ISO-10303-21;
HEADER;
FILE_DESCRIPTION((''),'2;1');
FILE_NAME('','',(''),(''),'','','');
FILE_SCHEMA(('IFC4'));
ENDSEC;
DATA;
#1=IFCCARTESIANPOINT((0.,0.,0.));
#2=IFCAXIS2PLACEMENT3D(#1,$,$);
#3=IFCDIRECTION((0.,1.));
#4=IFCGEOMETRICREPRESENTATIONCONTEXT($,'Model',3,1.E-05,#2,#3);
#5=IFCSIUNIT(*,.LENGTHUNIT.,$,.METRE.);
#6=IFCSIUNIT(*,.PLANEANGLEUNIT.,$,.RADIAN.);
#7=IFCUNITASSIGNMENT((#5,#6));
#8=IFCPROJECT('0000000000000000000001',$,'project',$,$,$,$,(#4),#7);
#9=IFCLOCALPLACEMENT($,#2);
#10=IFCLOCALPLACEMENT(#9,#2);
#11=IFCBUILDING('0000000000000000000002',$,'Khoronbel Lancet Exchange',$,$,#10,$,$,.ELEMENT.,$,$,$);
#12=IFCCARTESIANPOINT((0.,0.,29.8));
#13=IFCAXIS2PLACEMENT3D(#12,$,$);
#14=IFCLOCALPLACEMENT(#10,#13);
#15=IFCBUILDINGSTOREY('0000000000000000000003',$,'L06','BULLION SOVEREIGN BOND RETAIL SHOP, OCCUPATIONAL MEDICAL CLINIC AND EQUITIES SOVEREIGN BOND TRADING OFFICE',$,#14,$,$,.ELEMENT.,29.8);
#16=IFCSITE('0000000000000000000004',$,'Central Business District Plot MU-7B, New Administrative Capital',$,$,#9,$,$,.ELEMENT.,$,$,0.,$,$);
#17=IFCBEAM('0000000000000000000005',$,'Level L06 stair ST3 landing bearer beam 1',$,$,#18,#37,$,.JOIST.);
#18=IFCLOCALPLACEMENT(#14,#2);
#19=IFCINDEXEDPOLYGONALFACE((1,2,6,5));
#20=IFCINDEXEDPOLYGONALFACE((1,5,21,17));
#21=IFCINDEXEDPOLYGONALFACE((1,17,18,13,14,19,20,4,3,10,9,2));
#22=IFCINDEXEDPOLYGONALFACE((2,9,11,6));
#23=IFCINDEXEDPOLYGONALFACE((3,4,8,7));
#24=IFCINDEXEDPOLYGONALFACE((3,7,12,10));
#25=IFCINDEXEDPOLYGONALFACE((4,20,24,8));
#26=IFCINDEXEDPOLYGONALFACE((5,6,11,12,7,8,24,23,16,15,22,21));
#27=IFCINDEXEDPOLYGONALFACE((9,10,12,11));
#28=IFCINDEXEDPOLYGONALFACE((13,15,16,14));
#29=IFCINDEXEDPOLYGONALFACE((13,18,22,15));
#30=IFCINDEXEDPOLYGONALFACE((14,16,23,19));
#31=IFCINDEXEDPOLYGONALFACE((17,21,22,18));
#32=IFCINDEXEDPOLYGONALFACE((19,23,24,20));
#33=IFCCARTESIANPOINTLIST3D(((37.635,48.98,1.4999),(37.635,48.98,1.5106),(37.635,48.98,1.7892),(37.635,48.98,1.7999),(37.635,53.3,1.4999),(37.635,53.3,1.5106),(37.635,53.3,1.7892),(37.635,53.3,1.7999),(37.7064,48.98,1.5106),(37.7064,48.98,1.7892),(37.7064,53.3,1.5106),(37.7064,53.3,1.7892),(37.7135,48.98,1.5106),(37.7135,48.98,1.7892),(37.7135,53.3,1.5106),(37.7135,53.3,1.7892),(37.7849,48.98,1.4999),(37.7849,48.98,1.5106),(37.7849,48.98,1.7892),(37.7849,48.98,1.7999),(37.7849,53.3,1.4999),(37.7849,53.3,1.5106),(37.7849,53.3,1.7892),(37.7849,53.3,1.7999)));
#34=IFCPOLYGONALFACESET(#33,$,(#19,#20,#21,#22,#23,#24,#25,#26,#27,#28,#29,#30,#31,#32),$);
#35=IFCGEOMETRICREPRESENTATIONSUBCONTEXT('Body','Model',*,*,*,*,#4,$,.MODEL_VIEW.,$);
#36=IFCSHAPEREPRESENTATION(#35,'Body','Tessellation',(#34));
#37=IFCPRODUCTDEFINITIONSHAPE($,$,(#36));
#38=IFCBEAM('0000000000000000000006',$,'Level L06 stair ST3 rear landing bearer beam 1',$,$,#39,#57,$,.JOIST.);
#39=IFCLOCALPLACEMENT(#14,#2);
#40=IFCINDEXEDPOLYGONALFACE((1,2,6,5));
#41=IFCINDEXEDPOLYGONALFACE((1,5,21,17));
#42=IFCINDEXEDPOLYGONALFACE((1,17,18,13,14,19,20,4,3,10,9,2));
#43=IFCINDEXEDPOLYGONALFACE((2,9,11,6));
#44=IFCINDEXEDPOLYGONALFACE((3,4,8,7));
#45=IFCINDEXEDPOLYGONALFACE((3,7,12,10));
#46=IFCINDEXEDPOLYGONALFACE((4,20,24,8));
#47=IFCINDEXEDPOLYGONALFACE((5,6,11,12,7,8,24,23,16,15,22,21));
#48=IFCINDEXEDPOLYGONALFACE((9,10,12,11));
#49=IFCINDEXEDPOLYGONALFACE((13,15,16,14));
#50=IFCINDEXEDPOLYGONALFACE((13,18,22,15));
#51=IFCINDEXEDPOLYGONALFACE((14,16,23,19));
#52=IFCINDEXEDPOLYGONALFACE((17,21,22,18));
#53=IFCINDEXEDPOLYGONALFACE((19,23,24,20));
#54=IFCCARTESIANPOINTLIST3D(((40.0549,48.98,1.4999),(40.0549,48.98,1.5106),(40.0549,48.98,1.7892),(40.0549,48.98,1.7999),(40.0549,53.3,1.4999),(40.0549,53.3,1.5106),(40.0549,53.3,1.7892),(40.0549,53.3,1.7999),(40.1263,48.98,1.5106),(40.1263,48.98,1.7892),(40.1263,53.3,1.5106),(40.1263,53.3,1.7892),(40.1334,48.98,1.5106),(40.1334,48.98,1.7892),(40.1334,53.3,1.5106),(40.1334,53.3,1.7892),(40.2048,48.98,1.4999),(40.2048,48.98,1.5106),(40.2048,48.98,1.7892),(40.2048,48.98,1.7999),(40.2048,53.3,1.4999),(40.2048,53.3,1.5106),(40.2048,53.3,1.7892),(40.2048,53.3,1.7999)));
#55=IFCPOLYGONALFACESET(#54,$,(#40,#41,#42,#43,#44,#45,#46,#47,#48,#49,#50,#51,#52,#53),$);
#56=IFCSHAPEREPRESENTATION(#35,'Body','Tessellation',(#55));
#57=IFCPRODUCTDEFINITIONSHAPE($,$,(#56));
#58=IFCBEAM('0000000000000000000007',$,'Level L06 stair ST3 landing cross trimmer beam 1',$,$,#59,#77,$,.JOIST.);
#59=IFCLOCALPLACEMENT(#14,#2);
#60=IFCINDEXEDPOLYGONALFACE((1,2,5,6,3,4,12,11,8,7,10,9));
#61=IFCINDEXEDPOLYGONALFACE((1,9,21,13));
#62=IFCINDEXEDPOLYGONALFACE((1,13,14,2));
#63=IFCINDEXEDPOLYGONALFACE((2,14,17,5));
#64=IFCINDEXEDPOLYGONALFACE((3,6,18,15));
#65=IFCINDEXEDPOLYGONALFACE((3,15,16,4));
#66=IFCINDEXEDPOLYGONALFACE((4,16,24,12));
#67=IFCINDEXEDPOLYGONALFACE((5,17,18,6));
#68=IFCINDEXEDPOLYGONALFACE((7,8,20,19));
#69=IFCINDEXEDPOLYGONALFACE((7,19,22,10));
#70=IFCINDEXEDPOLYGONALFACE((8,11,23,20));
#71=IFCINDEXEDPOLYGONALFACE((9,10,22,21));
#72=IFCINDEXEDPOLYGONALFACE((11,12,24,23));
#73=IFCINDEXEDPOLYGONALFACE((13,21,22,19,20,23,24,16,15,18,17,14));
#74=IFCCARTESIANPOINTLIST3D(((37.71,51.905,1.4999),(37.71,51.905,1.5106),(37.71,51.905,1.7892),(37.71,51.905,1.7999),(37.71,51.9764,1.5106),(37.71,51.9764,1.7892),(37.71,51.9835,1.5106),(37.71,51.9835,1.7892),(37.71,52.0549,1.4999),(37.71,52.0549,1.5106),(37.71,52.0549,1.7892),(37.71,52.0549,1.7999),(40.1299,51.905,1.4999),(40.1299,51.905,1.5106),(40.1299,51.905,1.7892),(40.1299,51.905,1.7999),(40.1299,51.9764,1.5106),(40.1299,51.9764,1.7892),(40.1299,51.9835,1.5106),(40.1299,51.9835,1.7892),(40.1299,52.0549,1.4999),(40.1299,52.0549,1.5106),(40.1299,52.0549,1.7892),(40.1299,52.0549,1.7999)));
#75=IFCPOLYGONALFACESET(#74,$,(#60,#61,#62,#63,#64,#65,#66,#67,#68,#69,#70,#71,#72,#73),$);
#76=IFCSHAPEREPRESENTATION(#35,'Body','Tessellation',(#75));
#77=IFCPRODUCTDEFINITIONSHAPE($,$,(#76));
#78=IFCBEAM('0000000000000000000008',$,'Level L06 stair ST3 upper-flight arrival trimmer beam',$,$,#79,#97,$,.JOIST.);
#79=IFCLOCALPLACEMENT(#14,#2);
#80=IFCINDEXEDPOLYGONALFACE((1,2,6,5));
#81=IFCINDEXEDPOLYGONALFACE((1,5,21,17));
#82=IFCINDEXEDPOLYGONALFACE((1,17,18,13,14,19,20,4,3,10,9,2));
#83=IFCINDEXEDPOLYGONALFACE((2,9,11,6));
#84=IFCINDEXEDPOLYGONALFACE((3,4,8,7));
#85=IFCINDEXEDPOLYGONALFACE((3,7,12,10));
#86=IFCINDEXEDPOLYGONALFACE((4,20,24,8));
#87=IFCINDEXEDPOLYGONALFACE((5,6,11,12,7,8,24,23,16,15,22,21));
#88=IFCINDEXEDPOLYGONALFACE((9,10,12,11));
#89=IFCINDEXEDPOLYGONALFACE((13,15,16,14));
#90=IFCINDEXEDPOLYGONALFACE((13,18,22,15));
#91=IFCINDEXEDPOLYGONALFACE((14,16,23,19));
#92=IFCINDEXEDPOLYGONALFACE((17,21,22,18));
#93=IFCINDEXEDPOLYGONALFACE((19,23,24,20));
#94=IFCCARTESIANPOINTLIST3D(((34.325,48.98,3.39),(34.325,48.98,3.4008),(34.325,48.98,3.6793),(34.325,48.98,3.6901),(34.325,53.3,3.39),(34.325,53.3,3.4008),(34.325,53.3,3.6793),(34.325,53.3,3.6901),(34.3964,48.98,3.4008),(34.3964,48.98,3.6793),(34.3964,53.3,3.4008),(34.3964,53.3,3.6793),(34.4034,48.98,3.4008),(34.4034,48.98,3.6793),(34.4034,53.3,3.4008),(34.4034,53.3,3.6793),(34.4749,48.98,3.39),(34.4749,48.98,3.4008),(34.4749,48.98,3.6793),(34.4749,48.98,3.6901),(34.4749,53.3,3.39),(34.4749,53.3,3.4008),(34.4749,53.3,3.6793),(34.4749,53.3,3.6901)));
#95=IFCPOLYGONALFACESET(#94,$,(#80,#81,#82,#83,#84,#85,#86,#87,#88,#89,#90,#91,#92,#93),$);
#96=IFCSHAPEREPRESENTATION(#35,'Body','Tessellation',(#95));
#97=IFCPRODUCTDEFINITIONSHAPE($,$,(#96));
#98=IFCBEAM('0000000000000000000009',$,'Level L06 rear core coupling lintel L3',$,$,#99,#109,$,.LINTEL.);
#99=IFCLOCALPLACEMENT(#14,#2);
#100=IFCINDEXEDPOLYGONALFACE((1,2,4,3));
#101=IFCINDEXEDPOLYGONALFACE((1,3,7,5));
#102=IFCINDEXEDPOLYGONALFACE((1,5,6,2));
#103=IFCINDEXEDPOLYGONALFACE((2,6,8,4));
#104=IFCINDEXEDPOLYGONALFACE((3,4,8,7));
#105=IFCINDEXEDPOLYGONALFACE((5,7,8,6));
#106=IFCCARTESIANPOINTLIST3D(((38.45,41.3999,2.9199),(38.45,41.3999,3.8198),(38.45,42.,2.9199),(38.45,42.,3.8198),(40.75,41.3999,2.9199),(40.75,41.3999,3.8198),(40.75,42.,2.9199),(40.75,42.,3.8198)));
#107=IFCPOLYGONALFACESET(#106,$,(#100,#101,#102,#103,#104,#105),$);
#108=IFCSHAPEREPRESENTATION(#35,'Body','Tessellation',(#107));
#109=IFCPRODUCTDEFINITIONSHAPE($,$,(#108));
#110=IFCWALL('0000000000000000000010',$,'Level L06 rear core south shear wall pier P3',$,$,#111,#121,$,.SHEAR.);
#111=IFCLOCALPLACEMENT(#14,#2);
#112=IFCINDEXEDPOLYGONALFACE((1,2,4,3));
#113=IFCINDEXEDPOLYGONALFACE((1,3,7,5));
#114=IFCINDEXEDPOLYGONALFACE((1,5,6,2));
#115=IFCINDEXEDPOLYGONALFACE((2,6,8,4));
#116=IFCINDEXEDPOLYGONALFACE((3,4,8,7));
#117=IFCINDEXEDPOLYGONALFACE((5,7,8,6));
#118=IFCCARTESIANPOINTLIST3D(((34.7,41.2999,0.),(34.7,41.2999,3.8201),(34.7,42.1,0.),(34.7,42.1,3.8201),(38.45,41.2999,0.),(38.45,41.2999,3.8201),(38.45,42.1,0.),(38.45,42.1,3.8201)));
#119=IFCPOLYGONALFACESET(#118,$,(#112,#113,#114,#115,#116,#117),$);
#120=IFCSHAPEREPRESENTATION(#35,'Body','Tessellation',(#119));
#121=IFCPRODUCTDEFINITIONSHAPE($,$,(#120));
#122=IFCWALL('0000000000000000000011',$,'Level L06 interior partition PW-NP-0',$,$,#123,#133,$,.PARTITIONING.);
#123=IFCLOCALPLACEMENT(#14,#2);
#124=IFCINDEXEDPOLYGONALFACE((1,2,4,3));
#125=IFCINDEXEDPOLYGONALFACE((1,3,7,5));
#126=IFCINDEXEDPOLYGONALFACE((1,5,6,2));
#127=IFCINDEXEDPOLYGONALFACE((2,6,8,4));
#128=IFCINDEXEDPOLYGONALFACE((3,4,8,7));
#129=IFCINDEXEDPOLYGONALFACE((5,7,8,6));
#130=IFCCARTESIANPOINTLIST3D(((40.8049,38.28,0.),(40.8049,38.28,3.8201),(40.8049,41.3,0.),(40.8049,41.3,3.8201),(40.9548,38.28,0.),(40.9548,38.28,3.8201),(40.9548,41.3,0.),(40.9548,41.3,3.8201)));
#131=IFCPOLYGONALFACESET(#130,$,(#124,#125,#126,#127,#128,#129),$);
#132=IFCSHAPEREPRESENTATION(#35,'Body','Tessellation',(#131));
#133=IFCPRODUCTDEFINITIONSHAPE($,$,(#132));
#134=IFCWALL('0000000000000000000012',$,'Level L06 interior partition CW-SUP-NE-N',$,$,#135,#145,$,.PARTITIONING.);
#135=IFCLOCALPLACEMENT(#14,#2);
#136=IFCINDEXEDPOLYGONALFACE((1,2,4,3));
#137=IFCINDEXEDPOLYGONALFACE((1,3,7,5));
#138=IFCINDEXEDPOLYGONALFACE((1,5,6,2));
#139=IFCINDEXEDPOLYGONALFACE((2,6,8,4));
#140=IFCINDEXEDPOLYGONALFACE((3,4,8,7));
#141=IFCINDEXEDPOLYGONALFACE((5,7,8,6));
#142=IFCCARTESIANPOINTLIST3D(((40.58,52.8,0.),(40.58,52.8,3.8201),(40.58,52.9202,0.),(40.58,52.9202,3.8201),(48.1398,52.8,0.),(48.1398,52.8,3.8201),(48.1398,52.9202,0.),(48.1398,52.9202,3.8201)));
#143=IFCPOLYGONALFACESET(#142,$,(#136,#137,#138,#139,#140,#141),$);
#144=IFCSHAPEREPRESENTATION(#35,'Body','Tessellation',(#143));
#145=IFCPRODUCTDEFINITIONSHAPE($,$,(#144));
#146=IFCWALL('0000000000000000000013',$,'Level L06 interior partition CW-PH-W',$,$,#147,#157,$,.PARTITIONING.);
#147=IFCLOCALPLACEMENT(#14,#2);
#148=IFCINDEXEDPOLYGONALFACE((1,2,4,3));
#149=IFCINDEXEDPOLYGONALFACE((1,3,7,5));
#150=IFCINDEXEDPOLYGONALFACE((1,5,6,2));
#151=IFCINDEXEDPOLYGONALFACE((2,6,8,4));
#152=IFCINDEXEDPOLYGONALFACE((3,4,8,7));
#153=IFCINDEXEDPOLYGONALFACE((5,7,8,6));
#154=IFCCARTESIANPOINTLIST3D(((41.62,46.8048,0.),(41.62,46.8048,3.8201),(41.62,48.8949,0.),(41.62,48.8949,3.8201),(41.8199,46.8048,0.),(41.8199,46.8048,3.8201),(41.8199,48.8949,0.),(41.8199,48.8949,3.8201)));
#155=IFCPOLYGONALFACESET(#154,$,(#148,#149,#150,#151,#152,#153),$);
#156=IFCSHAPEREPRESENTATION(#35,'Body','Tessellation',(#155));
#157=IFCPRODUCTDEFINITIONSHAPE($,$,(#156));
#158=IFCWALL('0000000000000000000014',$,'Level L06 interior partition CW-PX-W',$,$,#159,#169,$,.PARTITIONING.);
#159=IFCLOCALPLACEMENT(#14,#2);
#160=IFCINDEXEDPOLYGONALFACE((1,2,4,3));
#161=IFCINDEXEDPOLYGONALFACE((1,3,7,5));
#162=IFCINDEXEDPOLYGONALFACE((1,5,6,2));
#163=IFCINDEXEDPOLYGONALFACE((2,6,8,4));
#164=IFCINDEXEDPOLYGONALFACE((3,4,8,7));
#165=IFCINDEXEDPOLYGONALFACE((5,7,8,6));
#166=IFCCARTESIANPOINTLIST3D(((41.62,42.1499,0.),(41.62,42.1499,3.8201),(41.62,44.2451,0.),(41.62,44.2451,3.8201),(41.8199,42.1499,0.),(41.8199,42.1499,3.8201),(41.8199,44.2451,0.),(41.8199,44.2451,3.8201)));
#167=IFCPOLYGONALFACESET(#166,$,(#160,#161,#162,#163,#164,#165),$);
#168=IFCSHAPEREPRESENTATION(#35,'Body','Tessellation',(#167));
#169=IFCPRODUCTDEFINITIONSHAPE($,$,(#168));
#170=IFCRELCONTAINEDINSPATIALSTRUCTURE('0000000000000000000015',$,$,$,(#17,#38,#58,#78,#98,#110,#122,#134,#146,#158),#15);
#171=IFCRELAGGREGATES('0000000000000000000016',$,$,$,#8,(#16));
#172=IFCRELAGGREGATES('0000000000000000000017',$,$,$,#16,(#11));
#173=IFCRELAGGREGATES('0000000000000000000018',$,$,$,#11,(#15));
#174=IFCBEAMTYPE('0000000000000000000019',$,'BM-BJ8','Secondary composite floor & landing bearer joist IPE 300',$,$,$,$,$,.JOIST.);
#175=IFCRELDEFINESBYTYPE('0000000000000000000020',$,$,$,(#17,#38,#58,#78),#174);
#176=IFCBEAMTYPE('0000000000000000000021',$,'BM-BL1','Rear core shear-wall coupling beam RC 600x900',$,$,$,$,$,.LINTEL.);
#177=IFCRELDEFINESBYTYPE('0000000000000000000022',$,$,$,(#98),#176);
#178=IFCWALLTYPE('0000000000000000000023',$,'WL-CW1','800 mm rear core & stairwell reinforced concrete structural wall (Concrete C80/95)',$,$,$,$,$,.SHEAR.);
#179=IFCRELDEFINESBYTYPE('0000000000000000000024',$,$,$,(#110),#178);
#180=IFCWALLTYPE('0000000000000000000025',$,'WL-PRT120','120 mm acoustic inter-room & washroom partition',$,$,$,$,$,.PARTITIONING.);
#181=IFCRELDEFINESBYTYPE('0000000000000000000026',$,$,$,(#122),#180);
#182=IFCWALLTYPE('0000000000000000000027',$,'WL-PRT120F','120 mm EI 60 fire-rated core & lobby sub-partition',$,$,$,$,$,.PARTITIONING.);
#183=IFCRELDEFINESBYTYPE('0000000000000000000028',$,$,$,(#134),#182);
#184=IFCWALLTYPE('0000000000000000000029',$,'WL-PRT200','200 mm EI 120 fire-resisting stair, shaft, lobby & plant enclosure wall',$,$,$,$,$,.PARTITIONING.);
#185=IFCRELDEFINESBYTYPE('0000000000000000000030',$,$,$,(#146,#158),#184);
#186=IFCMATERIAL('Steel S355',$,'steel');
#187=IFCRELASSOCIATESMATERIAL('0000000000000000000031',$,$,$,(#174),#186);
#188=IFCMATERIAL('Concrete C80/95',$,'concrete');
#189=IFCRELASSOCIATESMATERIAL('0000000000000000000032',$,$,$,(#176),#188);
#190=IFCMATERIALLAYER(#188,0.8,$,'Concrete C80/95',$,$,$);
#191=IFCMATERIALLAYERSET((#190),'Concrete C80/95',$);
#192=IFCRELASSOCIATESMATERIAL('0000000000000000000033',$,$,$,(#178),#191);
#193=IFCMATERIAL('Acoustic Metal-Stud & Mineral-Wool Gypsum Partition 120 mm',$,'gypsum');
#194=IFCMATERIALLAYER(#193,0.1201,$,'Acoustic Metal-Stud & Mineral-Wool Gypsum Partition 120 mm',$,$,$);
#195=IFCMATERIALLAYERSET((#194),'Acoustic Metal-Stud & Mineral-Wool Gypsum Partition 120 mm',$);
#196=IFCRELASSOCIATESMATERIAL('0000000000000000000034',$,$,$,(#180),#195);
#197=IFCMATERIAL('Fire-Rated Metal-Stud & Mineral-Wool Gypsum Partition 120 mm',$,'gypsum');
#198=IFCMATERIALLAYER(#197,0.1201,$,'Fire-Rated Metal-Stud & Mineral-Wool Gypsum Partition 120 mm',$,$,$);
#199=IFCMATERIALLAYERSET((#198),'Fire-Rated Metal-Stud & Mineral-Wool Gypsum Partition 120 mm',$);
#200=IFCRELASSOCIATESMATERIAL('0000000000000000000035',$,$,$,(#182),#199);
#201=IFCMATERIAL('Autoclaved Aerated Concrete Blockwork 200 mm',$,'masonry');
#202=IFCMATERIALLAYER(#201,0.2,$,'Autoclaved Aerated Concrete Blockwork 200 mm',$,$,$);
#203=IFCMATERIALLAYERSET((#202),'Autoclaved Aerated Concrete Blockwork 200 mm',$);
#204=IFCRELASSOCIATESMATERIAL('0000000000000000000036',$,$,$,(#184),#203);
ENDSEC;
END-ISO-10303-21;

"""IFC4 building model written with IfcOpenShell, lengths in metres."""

from ifc_helpers import new_model, si_unit, direction, frame, frame_2d, origin, origin_2d, place, context, subcontext, project, spatial, rectangle, i_section, extrude, material, layer, layer_set, material_profile, profile_set, type_object, element, save


model = new_model("IFC4")

# Units and contexts
model_context = context("Model", 3, precision=1e-05, world=origin(), true_north=direction((0.0, 1.0)))
body_context = subcontext(model_context, "Body", "Model", "MODEL_VIEW")
ifc_project = project(units=[si_unit("LENGTHUNIT", "METRE"), si_unit("PLANEANGLEUNIT", "RADIAN")], contexts=[model_context])

# Site, building, storey
site_placement = place(None, origin())
site = spatial("IfcSite", under=ifc_project, at=site_placement, Name="Central Business District Plot MU-7B, New Administrative Capital", CompositionType="ELEMENT", RefElevation=0.0)
building_placement = place(site_placement, origin())
building = spatial("IfcBuilding", under=site, at=building_placement, Name="Khoronbel Lancet Exchange", CompositionType="ELEMENT")
storey_placement = place(building_placement, frame((0.0, 0.0, 29.8)))
storey = spatial("IfcBuildingStorey", under=building, at=storey_placement, Name="L06", Description="BULLION SOVEREIGN BOND RETAIL SHOP, OCCUPATIONAL MEDICAL CLINIC AND EQUITIES SOVEREIGN BOND TRADING OFFICE", CompositionType="ELEMENT", Elevation=29.8)

# Beams
ifc_material_1 = material(Name="Steel S355", Category="steel")
ifc_material_profile_1 = material_profile(ifc_material_1, i_section(OverallWidth=0.1499, OverallDepth=0.3, WebThickness=0.0071, FlangeThickness=0.0107, at=origin_2d()), Name="IPE 300")
ifc_profile_set_1 = profile_set([ifc_material_profile_1], Name="Steel S355")
beam_type_1 = type_object("IfcBeamType", Name="BM-BJ8", Description="Secondary composite floor & landing bearer joist IPE 300", PredefinedType="JOIST", material=ifc_profile_set_1)
for number, where, z_axis, x_axis, name in (
    (1, (37.71, 48.98, 1.6499), (0.0, 1.0, 0.0), (-1.0, 0.0, 0.0), "Level L06 stair ST3 landing bearer beam 1"),
    (2, (40.1299, 48.98, 1.6499), (0.0, 1.0, 0.0), (-1.0, 0.0, 0.0), "Level L06 stair ST3 rear landing bearer beam 1"),
):
    element("IfcBeam", number, at=place(storey_placement, frame(where, z_axis=z_axis, x_axis=x_axis)), inside=storey, type_object=beam_type_1, Name=name, PredefinedType="JOIST", context=body_context, shape_type="SweptSolid", body=[
        extrude(i_section(OverallWidth=0.1499, OverallDepth=0.3, WebThickness=0.0071, FlangeThickness=0.0107, at=origin_2d()), origin(), (0.0, 0.0, 1.0), 4.3201),
    ])
beam_1_placement = place(storey_placement, frame((37.71, 51.98, 1.6499), z_axis=(1.0, 0.0, 0.0), x_axis=(0.0, 1.0, 0.0)))
element("IfcBeam", 3, at=beam_1_placement, inside=storey, type_object=beam_type_1, Name="Level L06 stair ST3 landing cross trimmer beam 1", PredefinedType="JOIST", context=body_context, shape_type="SweptSolid", body=[
    extrude(i_section(OverallWidth=0.1499, OverallDepth=0.3, WebThickness=0.0071, FlangeThickness=0.0107, at=origin_2d()), origin(), (0.0, 0.0, 1.0), 2.4199),
])
beam_2_placement = place(storey_placement, frame((34.3999, 48.98, 3.54), z_axis=(0.0, 1.0, 0.0), x_axis=(-1.0, 0.0, 0.0)))
element("IfcBeam", 4, at=beam_2_placement, inside=storey, type_object=beam_type_1, Name="Level L06 stair ST3 upper-flight arrival trimmer beam", PredefinedType="JOIST", context=body_context, shape_type="SweptSolid", body=[
    extrude(i_section(OverallWidth=0.1499, OverallDepth=0.3, WebThickness=0.0071, FlangeThickness=0.0107, at=origin_2d()), origin(), (0.0, 0.0, 1.0), 4.3201),
])
ifc_material_2 = material(Name="Concrete C80/95", Category="concrete")
ifc_material_profile_2 = material_profile(ifc_material_2, rectangle(XDim=0.6001, YDim=0.8999, at=origin_2d()), Name="RC 600x900")
ifc_profile_set_2 = profile_set([ifc_material_profile_2], Name="Concrete C80/95")
beam_type_2 = type_object("IfcBeamType", Name="BM-BL1", Description="Rear core shear-wall coupling beam RC 600x900", PredefinedType="LINTEL", material=ifc_profile_set_2)
beam_3_placement = place(storey_placement, frame((38.45, 41.7, 3.3699), z_axis=(1.0, 0.0, 0.0), x_axis=(0.0, 1.0, 0.0)))
element("IfcBeam", 5, at=beam_3_placement, inside=storey, type_object=beam_type_2, Name="Level L06 rear core coupling lintel L3", PredefinedType="LINTEL", context=body_context, shape_type="SweptSolid", body=[
    extrude(rectangle(XDim=0.6001, YDim=0.8999, at=origin_2d()), origin(), (0.0, 0.0, 1.0), 2.3),
])

# Walls
ifc_layer_1 = layer(ifc_material_2, 0.8, Name="Concrete C80/95")
ifc_layer_set_1 = layer_set([ifc_layer_1], Name="Concrete C80/95")
wall_type_1 = type_object("IfcWallType", Name="WL-CW1", Description="800 mm rear core & stairwell reinforced concrete structural wall (Concrete C80/95)", PredefinedType="SHEAR", material=ifc_layer_set_1)
wall_1_placement = place(storey_placement, frame((38.45, 41.7, 0.0), z_axis=(0.0, 0.0, 1.0), x_axis=(-1.0, 0.0, 0.0)))
element("IfcWall", 6, at=wall_1_placement, inside=storey, type_object=wall_type_1, Name="Level L06 rear core south shear wall pier P3", PredefinedType="SHEAR", context=body_context, shape_type="SweptSolid", body=[
    extrude(rectangle(XDim=3.75, YDim=0.8, at=frame_2d((1.875, 0.0))), origin(), (0.0, 0.0, 1.0), 3.8201),
])
ifc_material_3 = material(Name="Acoustic Metal-Stud & Mineral-Wool Gypsum Partition 120 mm", Category="gypsum")
ifc_layer_2 = layer(ifc_material_3, 0.1201, Name="Acoustic Metal-Stud & Mineral-Wool Gypsum Partition 120 mm")
ifc_layer_set_2 = layer_set([ifc_layer_2], Name="Acoustic Metal-Stud & Mineral-Wool Gypsum Partition 120 mm")
wall_type_2 = type_object("IfcWallType", Name="WL-PRT120", Description="120 mm acoustic inter-room & washroom partition", PredefinedType="PARTITIONING", material=ifc_layer_set_2)
wall_2_placement = place(storey_placement, frame((40.8799, 38.28, 0.0), z_axis=(0.0, 0.0, 1.0), x_axis=(0.0, 1.0, 0.0)))
element("IfcWall", 7, at=wall_2_placement, inside=storey, type_object=wall_type_2, Name="Level L06 interior partition PW-NP-0", PredefinedType="PARTITIONING", context=body_context, shape_type="SweptSolid", body=[
    extrude(rectangle(XDim=3.02, YDim=0.1499, at=frame_2d((1.51, 0.0))), origin(), (0.0, 0.0, 1.0), 3.8201),
])
ifc_material_4 = material(Name="Fire-Rated Metal-Stud & Mineral-Wool Gypsum Partition 120 mm", Category="gypsum")
ifc_layer_3 = layer(ifc_material_4, 0.1201, Name="Fire-Rated Metal-Stud & Mineral-Wool Gypsum Partition 120 mm")
ifc_layer_set_3 = layer_set([ifc_layer_3], Name="Fire-Rated Metal-Stud & Mineral-Wool Gypsum Partition 120 mm")
wall_type_3 = type_object("IfcWallType", Name="WL-PRT120F", Description="120 mm EI 60 fire-rated core & lobby sub-partition", PredefinedType="PARTITIONING", material=ifc_layer_set_3)
wall_3_placement = place(storey_placement, frame((40.5801, 52.8601, 0.0), z_axis=(0.0, 0.0, 1.0), x_axis=(1.0, 0.0, 0.0)))
element("IfcWall", 8, at=wall_3_placement, inside=storey, type_object=wall_type_3, Name="Level L06 interior partition CW-SUP-NE-N", PredefinedType="PARTITIONING", context=body_context, shape_type="SweptSolid", body=[
    extrude(rectangle(XDim=7.5598, YDim=0.1201, at=frame_2d((3.7798, 0.0))), origin(), (0.0, 0.0, 1.0), 3.8201),
])
ifc_material_5 = material(Name="Autoclaved Aerated Concrete Blockwork 200 mm", Category="masonry")
ifc_layer_4 = layer(ifc_material_5, 0.2, Name="Autoclaved Aerated Concrete Blockwork 200 mm")
ifc_layer_set_4 = layer_set([ifc_layer_4], Name="Autoclaved Aerated Concrete Blockwork 200 mm")
wall_type_4 = type_object("IfcWallType", Name="WL-PRT200", Description="200 mm EI 120 fire-resisting stair, shaft, lobby & plant enclosure wall", PredefinedType="PARTITIONING", material=ifc_layer_set_4)
wall_4_placement = place(storey_placement, frame((41.72, 46.8049, 0.0), z_axis=(0.0, 0.0, 1.0), x_axis=(0.0, 1.0, 0.0)))
element("IfcWall", 9, at=wall_4_placement, inside=storey, type_object=wall_type_4, Name="Level L06 interior partition CW-PH-W", PredefinedType="PARTITIONING", context=body_context, shape_type="SweptSolid", body=[
    extrude(rectangle(XDim=2.0901, YDim=0.2, at=frame_2d((1.0449, 0.0))), origin(), (0.0, 0.0, 1.0), 3.8201),
])
wall_5_placement = place(storey_placement, frame((41.72, 42.1499, 0.0), z_axis=(0.0, 0.0, 1.0), x_axis=(0.0, 1.0, 0.0)))
element("IfcWall", 10, at=wall_5_placement, inside=storey, type_object=wall_type_4, Name="Level L06 interior partition CW-PX-W", PredefinedType="PARTITIONING", context=body_context, shape_type="SweptSolid", body=[
    extrude(rectangle(XDim=2.0952, YDim=0.2, at=frame_2d((1.0476, 0.0))), origin(), (0.0, 0.0, 1.0), 3.8201),
])

save(model, "model.ifc")
